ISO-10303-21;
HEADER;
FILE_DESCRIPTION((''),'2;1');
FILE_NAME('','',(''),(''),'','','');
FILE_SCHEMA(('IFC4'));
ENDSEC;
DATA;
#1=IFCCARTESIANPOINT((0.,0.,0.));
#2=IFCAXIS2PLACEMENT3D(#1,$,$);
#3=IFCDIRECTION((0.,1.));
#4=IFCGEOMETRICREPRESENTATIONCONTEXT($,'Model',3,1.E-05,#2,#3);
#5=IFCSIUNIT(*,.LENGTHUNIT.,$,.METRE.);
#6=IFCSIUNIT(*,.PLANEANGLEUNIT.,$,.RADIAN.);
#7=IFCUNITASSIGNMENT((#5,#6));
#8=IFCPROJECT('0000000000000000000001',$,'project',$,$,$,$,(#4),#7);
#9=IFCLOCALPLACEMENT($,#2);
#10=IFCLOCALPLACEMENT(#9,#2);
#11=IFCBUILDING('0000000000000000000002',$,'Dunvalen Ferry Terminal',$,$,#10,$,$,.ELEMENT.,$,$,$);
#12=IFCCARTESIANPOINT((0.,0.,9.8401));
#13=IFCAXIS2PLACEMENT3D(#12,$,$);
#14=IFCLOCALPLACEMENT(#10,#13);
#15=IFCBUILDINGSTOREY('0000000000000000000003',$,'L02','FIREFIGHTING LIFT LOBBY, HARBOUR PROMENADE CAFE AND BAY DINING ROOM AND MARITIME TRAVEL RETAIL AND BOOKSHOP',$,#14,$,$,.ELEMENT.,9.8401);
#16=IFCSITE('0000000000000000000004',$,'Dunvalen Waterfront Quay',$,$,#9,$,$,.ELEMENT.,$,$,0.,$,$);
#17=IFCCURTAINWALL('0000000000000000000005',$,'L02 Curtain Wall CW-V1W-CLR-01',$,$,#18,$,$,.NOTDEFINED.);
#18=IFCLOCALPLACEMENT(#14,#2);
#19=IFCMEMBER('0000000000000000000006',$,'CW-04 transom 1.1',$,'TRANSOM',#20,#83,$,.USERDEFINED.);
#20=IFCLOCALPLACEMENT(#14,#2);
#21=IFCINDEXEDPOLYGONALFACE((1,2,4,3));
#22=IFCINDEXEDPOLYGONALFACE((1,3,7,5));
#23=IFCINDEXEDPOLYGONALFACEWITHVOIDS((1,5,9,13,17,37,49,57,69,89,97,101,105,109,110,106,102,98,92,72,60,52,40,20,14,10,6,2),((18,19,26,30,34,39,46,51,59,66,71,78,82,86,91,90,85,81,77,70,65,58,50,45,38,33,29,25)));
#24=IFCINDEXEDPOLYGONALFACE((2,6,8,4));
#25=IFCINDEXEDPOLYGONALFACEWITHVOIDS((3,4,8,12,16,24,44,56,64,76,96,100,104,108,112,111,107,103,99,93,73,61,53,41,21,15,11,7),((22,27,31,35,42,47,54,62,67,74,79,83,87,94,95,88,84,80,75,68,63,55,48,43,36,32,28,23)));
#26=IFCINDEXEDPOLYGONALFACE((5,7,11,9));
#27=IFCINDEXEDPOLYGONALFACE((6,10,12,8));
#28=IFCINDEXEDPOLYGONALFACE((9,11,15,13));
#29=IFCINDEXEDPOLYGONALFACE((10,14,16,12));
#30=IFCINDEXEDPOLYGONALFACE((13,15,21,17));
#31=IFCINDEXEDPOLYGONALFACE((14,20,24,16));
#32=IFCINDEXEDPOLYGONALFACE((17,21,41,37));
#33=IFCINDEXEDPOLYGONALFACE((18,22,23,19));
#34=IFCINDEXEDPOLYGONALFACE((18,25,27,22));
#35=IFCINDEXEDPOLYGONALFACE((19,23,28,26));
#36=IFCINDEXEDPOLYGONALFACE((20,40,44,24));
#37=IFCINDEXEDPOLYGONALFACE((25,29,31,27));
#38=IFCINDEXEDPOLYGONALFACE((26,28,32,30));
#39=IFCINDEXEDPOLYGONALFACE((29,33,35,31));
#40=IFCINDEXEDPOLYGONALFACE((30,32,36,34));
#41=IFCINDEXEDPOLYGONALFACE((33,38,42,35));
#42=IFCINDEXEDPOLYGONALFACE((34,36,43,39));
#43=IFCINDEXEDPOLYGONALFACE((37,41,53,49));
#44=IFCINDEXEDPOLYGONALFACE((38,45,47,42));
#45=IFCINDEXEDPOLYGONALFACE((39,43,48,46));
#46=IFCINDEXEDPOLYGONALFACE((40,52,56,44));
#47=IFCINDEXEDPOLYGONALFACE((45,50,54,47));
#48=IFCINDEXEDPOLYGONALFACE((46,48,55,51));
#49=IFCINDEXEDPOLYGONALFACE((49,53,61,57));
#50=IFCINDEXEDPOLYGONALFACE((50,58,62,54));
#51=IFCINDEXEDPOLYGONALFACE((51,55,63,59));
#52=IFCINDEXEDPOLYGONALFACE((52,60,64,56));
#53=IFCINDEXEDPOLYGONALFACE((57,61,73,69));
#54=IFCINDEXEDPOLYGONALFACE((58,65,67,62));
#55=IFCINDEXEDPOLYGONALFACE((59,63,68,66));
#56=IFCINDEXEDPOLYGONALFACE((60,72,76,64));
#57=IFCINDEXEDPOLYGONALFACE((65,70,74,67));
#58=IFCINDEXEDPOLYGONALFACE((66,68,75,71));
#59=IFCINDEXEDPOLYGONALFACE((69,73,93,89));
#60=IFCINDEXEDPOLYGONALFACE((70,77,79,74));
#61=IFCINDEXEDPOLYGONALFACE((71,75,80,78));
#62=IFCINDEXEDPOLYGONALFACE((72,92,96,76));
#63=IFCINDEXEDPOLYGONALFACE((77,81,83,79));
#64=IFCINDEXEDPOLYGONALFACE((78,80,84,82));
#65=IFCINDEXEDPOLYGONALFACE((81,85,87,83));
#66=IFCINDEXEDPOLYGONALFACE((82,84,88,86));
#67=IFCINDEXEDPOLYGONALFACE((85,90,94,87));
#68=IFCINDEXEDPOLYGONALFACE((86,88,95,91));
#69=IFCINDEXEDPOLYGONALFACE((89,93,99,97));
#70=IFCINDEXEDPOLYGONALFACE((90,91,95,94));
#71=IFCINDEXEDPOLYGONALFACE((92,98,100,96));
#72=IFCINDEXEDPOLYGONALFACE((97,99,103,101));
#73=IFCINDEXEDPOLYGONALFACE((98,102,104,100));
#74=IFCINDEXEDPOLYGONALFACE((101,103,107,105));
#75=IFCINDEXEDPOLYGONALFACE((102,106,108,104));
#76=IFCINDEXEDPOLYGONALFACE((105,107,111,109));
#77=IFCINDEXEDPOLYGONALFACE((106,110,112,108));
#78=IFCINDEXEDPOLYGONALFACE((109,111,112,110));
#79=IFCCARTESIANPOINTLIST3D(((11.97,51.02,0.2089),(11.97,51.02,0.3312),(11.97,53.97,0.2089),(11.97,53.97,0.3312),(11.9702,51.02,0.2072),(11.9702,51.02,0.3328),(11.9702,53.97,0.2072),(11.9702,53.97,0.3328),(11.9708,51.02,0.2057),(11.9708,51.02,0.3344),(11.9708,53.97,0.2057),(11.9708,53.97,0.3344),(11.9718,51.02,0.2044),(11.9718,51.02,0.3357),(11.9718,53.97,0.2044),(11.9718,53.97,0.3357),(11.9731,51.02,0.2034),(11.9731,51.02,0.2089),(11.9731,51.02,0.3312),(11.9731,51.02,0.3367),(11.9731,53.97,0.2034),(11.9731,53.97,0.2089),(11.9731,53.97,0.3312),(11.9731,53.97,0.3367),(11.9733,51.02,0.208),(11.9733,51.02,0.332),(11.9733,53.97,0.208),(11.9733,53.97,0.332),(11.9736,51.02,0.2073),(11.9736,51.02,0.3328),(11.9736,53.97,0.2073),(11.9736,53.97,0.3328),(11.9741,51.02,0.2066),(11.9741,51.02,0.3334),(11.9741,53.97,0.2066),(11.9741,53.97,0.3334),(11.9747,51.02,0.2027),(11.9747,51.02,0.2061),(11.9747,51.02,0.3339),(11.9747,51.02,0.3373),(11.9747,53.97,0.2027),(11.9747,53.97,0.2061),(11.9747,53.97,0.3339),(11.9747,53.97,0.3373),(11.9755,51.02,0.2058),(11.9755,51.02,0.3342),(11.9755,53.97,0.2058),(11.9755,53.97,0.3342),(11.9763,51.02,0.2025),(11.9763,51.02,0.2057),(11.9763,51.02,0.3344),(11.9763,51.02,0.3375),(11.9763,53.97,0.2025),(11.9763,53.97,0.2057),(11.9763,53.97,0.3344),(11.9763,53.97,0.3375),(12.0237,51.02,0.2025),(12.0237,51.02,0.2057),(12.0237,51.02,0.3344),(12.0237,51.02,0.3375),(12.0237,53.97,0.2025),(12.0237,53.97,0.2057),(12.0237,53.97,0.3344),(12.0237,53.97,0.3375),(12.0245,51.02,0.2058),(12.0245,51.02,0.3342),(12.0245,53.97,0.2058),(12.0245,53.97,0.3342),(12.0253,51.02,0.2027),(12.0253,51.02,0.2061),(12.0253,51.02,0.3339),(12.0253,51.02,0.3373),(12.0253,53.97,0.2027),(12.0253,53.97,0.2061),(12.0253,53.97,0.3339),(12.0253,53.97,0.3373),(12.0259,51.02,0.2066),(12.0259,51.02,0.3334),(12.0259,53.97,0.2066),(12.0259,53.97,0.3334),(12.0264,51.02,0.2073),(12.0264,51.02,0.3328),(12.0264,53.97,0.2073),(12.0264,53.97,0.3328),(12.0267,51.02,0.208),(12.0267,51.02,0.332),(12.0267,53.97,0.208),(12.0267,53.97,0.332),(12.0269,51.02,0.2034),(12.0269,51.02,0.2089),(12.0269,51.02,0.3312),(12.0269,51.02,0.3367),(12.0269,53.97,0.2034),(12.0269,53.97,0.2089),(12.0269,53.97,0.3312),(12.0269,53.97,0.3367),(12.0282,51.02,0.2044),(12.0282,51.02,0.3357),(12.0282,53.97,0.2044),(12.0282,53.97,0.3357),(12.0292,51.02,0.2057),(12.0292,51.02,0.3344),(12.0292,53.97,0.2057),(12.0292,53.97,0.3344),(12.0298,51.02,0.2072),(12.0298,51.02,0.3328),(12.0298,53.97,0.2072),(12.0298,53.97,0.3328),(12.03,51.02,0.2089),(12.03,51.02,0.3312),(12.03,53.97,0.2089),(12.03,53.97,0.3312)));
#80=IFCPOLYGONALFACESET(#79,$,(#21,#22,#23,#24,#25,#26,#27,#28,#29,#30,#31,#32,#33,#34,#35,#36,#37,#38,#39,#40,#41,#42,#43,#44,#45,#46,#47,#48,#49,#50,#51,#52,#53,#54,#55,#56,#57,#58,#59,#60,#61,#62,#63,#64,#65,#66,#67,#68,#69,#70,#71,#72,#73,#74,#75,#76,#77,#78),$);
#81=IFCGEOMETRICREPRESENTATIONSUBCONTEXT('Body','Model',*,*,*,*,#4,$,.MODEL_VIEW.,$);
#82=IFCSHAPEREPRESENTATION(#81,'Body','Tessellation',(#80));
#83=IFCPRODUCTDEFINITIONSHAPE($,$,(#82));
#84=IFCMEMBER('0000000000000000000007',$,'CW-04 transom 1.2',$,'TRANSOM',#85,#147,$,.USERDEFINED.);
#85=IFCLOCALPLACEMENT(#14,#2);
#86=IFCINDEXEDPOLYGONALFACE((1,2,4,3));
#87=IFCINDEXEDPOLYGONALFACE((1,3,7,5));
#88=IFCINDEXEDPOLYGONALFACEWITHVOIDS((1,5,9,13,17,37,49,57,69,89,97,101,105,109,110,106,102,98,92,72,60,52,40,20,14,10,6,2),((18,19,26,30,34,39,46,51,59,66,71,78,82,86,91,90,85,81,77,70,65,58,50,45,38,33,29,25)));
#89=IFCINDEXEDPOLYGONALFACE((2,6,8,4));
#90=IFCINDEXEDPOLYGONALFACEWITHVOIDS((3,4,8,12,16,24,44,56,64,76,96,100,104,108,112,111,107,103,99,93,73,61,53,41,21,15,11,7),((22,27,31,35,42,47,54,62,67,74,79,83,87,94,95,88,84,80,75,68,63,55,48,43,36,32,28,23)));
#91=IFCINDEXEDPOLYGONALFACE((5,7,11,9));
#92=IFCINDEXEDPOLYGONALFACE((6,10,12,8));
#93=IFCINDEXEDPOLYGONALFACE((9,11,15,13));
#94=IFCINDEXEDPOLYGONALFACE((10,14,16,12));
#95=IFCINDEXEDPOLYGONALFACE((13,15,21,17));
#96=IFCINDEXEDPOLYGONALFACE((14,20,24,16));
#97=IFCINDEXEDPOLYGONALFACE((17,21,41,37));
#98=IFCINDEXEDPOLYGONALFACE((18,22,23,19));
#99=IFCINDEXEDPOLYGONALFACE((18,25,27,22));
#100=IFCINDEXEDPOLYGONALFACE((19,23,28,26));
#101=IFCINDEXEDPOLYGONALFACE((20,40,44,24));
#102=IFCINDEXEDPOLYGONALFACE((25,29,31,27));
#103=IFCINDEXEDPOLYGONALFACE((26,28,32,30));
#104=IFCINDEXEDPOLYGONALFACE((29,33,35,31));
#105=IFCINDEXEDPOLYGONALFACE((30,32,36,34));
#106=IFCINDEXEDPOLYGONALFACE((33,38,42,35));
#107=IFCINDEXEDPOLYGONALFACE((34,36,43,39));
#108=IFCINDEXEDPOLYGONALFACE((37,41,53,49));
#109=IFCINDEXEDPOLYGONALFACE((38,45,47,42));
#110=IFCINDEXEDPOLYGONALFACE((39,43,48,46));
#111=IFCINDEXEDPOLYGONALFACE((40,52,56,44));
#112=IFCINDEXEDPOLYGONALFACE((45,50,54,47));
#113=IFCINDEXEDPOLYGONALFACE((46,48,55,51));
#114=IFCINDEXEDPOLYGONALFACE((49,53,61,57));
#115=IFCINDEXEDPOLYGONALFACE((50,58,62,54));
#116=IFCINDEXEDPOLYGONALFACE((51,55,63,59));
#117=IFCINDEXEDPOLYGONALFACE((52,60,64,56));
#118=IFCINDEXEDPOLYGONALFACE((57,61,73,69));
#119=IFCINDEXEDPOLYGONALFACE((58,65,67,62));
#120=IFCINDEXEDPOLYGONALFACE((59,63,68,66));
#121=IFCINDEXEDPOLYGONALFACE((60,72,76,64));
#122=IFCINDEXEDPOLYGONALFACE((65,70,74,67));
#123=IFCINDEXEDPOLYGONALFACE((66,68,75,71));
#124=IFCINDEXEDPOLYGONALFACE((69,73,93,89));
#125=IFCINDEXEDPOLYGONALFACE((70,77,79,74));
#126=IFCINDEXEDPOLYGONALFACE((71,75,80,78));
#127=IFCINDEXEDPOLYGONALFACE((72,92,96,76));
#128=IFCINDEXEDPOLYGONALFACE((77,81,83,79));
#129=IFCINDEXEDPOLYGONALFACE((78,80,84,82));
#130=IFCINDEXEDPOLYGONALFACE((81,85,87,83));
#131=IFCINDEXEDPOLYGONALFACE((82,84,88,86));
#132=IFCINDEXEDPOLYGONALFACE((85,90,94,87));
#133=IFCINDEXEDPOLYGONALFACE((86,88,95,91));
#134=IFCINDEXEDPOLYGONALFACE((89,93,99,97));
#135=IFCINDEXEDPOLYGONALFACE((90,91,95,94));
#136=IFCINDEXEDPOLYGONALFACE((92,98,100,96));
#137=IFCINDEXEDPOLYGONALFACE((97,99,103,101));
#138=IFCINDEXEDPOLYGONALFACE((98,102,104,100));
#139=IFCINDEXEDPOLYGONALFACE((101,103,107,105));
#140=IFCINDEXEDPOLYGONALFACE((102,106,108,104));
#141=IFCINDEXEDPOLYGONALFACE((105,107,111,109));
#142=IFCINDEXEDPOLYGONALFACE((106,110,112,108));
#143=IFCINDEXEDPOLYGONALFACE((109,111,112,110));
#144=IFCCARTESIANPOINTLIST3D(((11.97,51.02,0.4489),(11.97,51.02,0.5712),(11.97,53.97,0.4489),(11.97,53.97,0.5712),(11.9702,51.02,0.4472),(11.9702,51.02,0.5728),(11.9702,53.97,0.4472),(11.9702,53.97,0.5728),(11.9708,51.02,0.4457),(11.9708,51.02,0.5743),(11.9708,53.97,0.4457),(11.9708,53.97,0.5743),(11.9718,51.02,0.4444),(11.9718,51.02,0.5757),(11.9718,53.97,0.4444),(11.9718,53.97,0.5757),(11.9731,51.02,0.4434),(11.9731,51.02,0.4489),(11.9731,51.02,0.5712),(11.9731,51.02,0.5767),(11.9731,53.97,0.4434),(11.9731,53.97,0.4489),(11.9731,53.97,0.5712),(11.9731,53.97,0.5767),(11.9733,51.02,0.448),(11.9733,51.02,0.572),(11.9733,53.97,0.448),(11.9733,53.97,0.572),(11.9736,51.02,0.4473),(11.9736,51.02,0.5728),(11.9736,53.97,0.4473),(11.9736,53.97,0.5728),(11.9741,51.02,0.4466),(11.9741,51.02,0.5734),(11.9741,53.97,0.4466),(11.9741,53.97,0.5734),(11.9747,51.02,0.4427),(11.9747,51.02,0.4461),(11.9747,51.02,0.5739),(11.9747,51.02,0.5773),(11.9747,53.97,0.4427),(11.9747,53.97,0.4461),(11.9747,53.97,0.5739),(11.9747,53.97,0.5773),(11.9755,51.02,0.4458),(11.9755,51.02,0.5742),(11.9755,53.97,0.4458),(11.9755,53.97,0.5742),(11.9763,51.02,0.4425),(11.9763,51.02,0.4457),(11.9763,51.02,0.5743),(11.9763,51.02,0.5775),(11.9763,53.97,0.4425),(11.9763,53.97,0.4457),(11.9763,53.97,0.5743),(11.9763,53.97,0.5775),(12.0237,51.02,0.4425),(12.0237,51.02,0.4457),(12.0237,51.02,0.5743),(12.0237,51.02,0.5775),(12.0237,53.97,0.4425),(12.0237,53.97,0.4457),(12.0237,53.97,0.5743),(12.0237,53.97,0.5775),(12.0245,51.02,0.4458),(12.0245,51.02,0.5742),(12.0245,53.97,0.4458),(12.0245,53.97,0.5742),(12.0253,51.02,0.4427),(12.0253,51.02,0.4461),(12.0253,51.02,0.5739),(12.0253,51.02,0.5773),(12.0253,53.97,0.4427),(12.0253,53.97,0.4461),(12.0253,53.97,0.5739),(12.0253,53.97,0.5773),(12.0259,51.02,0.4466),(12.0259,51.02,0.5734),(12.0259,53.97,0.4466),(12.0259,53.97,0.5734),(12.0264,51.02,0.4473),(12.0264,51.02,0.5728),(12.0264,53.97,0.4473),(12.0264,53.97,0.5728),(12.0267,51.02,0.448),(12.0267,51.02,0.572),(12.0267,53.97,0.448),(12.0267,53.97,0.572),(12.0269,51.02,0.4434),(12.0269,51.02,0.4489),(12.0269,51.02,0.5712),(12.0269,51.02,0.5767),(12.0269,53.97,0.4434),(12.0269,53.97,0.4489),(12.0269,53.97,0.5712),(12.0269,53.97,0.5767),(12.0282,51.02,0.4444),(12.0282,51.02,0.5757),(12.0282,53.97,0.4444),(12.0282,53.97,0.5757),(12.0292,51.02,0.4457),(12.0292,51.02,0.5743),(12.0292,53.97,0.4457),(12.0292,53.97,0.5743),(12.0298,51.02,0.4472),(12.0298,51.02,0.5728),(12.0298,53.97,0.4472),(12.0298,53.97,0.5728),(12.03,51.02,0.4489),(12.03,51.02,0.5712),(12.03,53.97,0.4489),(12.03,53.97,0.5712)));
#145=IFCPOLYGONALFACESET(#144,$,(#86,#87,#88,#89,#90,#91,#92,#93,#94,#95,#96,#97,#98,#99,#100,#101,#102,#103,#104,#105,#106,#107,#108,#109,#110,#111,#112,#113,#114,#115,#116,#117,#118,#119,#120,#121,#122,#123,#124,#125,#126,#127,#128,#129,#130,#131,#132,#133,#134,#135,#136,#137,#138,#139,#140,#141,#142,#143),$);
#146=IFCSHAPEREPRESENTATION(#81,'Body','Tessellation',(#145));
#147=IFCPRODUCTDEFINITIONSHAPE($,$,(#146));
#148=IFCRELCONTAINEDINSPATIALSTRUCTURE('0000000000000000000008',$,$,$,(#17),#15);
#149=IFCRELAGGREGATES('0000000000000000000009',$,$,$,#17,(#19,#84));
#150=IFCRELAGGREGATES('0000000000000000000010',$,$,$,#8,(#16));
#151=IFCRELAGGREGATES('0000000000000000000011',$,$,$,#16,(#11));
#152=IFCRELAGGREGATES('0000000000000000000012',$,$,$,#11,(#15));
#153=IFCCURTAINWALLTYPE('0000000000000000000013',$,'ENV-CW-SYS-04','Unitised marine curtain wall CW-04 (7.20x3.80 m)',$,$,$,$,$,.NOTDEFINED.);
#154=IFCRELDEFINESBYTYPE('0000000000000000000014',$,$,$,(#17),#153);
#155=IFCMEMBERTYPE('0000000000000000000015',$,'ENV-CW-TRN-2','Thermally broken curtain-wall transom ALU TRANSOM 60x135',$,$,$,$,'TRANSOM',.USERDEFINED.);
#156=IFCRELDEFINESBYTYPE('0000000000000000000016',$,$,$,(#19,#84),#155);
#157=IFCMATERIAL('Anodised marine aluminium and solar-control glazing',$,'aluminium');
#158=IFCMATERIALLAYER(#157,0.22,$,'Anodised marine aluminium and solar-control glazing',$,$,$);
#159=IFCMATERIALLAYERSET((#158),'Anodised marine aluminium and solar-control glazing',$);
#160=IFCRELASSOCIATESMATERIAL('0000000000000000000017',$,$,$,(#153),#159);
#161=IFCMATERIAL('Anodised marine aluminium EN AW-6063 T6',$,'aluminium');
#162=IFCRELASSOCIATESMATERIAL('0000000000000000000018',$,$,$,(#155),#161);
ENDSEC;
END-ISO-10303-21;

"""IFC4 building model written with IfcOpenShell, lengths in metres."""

from ifc_helpers import new_model, si_unit, direction, frame, origin, origin_2d, place, context, subcontext, project, spatial, hollow_rectangle, extrude, material, layer, layer_set, material_profile, profile_set, type_object, element, aggregate, save


model = new_model("IFC4")

# Units and contexts
model_context = context("Model", 3, precision=1e-05, world=origin(), true_north=direction((0.0, 1.0)))
body_context = subcontext(model_context, "Body", "Model", "MODEL_VIEW")
ifc_project = project(units=[si_unit("LENGTHUNIT", "METRE"), si_unit("PLANEANGLEUNIT", "RADIAN")], contexts=[model_context])

# Site, building, storey
site_placement = place(None, origin())
site = spatial("IfcSite", under=ifc_project, at=site_placement, Name="Dunvalen Waterfront Quay", CompositionType="ELEMENT", RefElevation=0.0)
building_placement = place(site_placement, origin())
building = spatial("IfcBuilding", under=site, at=building_placement, Name="Dunvalen Ferry Terminal", CompositionType="ELEMENT")
storey_placement = place(building_placement, frame((0.0, 0.0, 9.8401)))
storey = spatial("IfcBuildingStorey", under=building, at=storey_placement, Name="L02", Description="FIREFIGHTING LIFT LOBBY, HARBOUR PROMENADE CAFE AND BAY DINING ROOM AND MARITIME TRAVEL RETAIL AND BOOKSHOP", CompositionType="ELEMENT", Elevation=9.8401)

# Curtain wall, members
ifc_material_1 = material(Name="Anodised marine aluminium and solar-control glazing", Category="aluminium")
ifc_layer_1 = layer(ifc_material_1, 0.22, Name="Anodised marine aluminium and solar-control glazing")
ifc_layer_set_1 = layer_set([ifc_layer_1], Name="Anodised marine aluminium and solar-control glazing")
curtain_wall_type = type_object("IfcCurtainWallType", Name="ENV-CW-SYS-04", Description="Unitised marine curtain wall CW-04 (7.20x3.80 m)", PredefinedType="NOTDEFINED", material=ifc_layer_set_1)
curtain_wall_placement = place(storey_placement, origin())
curtain_wall = element("IfcCurtainWall", 1, at=curtain_wall_placement, inside=storey, type_object=curtain_wall_type, Name="L02 Curtain Wall CW-V1W-CLR-01", PredefinedType="NOTDEFINED")
ifc_material_2 = material(Name="Anodised marine aluminium EN AW-6063 T6", Category="aluminium")
ifc_material_profile_1 = material_profile(ifc_material_2, hollow_rectangle(XDim=0.0601, YDim=0.135, WallThickness=0.0032, InnerFilletRadius=0.0032, OuterFilletRadius=0.0063, at=origin_2d()), Name="Anodised marine aluminium EN AW-6063 T6")
ifc_profile_set_1 = profile_set([ifc_material_profile_1], Name="Anodised marine aluminium EN AW-6063 T6")
member_type_1 = type_object("IfcMemberType", Name="ENV-CW-TRN-2", Description="Thermally broken curtain-wall transom ALU TRANSOM 60x135", ElementType="TRANSOM", PredefinedType="USERDEFINED", material=ifc_profile_set_1)
member_1_placement = place(storey_placement, frame((12.0, 51.02, 0.27), z_axis=(0.0, 1.0, 0.0), x_axis=(-1.0, 0.0, 0.0)))
member_1 = element("IfcMember", 2, at=member_1_placement, type_object=member_type_1, Name="CW-04 transom 1.1", ObjectType="TRANSOM", PredefinedType="USERDEFINED", context=body_context, shape_type="SweptSolid", body=[
    extrude(hollow_rectangle(XDim=0.0601, YDim=0.135, WallThickness=0.0032, InnerFilletRadius=0.0032, OuterFilletRadius=0.0063, at=origin_2d()), origin(), (0.0, 0.0, 1.0), 2.95),
])
member_2_placement = place(storey_placement, frame((12.0, 51.02, 0.51), z_axis=(0.0, 1.0, 0.0), x_axis=(-1.0, 0.0, 0.0)))
member_2 = element("IfcMember", 3, at=member_2_placement, type_object=member_type_1, Name="CW-04 transom 1.2", ObjectType="TRANSOM", PredefinedType="USERDEFINED", context=body_context, shape_type="SweptSolid", body=[
    extrude(hollow_rectangle(XDim=0.0601, YDim=0.135, WallThickness=0.0032, InnerFilletRadius=0.0032, OuterFilletRadius=0.0063, at=origin_2d()), origin(), (0.0, 0.0, 1.0), 2.95),
])

aggregate(curtain_wall, [member_1, member_2])

save(model, "model.ifc")
